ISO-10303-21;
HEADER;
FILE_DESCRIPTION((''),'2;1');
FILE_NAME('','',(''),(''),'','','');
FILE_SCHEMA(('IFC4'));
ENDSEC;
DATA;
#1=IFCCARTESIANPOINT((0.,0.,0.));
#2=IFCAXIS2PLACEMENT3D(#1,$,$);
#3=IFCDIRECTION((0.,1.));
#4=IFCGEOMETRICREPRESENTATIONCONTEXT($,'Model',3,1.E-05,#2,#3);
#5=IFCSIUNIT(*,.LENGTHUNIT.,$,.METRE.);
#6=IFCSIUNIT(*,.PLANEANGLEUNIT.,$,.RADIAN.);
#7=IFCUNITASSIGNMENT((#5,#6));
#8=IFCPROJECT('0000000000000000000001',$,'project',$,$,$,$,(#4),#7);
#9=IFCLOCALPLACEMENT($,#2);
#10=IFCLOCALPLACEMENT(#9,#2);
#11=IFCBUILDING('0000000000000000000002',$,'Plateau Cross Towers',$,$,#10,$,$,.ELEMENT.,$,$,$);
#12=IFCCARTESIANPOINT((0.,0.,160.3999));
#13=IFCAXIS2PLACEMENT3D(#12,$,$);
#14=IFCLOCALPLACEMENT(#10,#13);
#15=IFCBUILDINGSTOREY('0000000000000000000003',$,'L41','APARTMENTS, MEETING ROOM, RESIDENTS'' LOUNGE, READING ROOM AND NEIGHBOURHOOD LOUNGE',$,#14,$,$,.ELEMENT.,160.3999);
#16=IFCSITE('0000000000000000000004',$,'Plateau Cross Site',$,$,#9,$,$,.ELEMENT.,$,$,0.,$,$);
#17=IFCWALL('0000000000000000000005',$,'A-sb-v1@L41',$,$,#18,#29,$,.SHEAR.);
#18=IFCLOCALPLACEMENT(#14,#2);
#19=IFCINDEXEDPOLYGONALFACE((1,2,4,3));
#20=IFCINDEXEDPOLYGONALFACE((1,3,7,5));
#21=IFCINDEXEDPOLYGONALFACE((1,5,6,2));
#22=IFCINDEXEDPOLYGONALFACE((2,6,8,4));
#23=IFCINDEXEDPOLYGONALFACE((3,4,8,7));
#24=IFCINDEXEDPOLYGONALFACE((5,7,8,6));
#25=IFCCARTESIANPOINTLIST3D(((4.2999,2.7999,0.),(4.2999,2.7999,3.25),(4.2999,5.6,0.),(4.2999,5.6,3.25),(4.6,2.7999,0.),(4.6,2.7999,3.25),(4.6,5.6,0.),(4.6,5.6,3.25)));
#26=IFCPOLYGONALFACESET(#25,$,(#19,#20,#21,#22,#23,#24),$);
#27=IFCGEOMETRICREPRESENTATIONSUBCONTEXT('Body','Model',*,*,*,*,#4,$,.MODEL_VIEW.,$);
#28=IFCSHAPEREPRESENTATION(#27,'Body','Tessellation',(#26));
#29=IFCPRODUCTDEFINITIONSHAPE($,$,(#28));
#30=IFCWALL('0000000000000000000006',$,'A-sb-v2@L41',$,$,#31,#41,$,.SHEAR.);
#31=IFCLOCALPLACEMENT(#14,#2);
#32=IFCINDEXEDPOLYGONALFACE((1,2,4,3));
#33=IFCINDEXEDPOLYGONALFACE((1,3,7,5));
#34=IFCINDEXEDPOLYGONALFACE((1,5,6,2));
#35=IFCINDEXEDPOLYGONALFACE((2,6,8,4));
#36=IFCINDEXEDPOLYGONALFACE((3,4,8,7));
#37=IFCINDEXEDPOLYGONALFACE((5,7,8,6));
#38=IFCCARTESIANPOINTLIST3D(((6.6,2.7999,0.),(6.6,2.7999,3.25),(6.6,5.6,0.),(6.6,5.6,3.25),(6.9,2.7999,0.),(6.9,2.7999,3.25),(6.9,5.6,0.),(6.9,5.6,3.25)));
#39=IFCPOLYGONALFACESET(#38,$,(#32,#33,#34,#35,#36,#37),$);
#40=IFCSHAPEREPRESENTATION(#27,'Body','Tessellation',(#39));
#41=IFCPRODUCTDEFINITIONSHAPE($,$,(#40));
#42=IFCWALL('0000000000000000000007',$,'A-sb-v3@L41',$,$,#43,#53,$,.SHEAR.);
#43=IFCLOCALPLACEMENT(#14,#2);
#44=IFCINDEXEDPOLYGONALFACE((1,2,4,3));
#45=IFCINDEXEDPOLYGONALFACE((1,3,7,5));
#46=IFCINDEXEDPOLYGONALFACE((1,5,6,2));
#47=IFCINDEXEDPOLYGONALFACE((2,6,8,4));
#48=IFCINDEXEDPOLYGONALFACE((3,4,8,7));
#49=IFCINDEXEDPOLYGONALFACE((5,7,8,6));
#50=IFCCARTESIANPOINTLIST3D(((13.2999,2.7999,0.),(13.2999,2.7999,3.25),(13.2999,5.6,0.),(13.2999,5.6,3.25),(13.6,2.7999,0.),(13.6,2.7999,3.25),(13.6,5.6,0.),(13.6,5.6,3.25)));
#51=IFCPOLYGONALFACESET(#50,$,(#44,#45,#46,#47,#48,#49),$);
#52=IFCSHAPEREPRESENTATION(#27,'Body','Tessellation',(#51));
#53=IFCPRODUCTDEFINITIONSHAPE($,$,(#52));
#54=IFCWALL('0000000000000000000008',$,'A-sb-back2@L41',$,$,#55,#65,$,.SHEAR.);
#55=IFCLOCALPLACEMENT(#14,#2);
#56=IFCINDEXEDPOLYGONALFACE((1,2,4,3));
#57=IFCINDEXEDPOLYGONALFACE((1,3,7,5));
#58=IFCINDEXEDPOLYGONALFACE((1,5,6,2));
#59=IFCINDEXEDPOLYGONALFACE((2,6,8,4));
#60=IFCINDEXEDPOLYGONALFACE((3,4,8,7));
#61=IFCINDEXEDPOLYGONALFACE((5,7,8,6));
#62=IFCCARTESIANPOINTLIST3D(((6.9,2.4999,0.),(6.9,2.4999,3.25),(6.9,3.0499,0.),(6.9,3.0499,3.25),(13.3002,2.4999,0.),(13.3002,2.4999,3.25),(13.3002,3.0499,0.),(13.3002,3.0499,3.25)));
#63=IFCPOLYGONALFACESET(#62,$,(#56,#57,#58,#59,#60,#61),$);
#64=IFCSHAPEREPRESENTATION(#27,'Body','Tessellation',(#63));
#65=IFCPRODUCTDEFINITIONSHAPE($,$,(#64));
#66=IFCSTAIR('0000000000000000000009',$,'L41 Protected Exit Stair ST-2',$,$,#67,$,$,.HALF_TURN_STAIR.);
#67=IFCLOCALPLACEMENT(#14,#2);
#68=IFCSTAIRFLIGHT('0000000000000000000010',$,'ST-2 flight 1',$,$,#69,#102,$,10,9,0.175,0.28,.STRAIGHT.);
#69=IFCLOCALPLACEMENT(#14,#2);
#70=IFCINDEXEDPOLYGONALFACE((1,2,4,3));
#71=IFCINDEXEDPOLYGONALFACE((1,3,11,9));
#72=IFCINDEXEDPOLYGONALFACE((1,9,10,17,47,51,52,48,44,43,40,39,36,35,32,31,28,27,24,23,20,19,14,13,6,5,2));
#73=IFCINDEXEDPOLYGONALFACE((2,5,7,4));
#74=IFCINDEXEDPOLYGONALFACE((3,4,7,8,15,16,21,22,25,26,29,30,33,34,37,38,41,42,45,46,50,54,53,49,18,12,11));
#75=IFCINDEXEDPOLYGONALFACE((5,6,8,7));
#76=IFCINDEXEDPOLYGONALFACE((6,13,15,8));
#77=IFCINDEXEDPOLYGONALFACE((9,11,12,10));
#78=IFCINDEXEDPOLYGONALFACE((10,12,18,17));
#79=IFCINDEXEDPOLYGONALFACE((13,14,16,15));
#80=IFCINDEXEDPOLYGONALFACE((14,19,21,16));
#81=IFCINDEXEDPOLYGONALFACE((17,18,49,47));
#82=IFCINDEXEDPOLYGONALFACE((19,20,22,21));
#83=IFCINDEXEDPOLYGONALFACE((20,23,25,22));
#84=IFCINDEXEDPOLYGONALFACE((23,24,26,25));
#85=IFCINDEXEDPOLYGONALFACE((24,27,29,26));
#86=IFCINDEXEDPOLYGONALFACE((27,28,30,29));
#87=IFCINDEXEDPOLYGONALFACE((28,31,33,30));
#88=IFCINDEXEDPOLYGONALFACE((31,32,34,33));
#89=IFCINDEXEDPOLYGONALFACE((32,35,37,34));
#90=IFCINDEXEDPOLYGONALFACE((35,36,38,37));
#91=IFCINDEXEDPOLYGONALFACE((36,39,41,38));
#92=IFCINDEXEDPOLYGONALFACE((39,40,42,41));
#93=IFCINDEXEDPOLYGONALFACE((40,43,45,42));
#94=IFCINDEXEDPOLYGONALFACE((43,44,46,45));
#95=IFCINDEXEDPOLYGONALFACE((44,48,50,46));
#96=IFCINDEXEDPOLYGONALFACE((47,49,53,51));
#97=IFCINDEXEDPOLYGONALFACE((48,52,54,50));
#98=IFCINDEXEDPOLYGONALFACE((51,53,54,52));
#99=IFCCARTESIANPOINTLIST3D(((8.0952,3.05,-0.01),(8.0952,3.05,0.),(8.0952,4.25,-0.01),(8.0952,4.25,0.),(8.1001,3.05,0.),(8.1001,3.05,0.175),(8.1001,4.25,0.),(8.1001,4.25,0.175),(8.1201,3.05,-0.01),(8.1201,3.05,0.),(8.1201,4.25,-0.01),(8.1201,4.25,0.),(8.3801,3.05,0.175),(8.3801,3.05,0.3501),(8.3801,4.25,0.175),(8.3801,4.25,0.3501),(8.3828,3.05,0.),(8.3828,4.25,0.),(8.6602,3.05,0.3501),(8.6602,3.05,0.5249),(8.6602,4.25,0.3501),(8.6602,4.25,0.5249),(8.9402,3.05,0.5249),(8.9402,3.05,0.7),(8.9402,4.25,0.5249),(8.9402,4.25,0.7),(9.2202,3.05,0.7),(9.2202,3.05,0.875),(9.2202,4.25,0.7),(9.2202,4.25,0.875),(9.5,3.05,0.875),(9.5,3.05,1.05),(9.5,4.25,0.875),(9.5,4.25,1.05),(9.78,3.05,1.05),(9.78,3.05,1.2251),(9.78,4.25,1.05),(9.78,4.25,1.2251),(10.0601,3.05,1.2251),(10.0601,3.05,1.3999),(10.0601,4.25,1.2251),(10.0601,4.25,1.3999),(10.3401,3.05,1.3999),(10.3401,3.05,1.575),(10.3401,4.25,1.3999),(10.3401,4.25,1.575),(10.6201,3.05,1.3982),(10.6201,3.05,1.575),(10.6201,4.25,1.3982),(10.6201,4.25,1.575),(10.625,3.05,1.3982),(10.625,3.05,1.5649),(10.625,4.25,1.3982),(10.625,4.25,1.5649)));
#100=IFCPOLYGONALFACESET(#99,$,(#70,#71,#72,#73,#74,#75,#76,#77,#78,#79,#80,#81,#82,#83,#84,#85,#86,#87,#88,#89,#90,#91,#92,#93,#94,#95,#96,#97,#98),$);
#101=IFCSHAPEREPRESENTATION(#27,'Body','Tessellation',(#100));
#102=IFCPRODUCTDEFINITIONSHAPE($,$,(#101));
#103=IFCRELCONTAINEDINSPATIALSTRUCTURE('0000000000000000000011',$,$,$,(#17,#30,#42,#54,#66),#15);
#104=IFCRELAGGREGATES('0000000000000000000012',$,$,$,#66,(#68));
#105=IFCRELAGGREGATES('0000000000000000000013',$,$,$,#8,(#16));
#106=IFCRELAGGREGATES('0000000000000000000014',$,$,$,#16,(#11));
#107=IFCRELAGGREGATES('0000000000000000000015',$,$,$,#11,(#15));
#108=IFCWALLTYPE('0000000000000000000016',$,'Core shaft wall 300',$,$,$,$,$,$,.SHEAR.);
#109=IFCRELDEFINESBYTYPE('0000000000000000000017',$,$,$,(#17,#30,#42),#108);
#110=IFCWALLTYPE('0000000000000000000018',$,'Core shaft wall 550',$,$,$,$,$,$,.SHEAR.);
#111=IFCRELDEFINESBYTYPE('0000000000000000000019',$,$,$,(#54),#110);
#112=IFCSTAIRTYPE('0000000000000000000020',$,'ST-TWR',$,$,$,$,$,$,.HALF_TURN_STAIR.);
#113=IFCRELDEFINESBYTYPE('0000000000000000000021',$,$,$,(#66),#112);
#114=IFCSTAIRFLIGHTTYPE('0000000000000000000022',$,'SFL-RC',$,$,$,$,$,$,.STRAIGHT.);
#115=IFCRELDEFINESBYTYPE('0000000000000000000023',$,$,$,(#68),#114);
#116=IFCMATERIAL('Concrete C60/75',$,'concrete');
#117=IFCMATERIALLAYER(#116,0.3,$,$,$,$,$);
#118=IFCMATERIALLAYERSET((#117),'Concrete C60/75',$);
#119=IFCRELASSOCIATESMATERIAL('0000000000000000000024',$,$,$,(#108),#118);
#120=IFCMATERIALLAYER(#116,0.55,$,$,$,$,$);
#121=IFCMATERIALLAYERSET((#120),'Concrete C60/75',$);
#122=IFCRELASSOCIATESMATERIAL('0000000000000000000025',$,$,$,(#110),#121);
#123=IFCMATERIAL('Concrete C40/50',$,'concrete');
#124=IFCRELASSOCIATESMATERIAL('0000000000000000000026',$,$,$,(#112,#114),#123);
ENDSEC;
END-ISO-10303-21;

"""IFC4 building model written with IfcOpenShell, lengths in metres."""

from ifc_helpers import new_model, si_unit, direction, frame, frame_2d, origin, place, context, subcontext, project, spatial, polyline, rectangle, outline, extrude, material, layer, layer_set, type_object, element, aggregate, save


model = new_model("IFC4")

# Units and contexts
model_context = context("Model", 3, precision=1e-05, world=origin(), true_north=direction((0.0, 1.0)))
body_context = subcontext(model_context, "Body", "Model", "MODEL_VIEW")
ifc_project = project(units=[si_unit("LENGTHUNIT", "METRE"), si_unit("PLANEANGLEUNIT", "RADIAN")], contexts=[model_context])

# Site, building, storey
site_placement = place(None, origin())
site = spatial("IfcSite", under=ifc_project, at=site_placement, Name="Plateau Cross Site", CompositionType="ELEMENT", RefElevation=0.0)
building_placement = place(site_placement, origin())
building = spatial("IfcBuilding", under=site, at=building_placement, Name="Plateau Cross Towers", CompositionType="ELEMENT")
storey_placement = place(building_placement, frame((0.0, 0.0, 160.3999)))
storey = spatial("IfcBuildingStorey", under=building, at=storey_placement, Name="L41", Description="APARTMENTS, MEETING ROOM, RESIDENTS' LOUNGE, READING ROOM AND NEIGHBOURHOOD LOUNGE", CompositionType="ELEMENT", Elevation=160.3999)

# Walls
ifc_material_1 = material(Name="Concrete C60/75", Category="concrete")
ifc_layer_1 = layer(ifc_material_1, 0.3)
ifc_layer_set_1 = layer_set([ifc_layer_1], Name="Concrete C60/75")
wall_type_1 = type_object("IfcWallType", Name="Core shaft wall 300", PredefinedType="SHEAR", material=ifc_layer_set_1)
for number, where, z_axis, x_axis, name in (
    (1, (4.45, 2.8, 0.0), (0.0, 0.0, 1.0), (0.0, 1.0, 0.0), "A-sb-v1@L41"),
    (2, (6.75, 2.8, 0.0), (0.0, 0.0, 1.0), (0.0, 1.0, 0.0), "A-sb-v2@L41"),
    (3, (13.45, 2.8, 0.0), (0.0, 0.0, 1.0), (0.0, 1.0, 0.0), "A-sb-v3@L41"),
):
    element("IfcWall", number, at=place(storey_placement, frame(where, z_axis=z_axis, x_axis=x_axis)), inside=storey, type_object=wall_type_1, Name=name, PredefinedType="SHEAR", context=body_context, shape_type="SweptSolid", body=[
        extrude(rectangle(XDim=2.8, YDim=0.3, at=frame_2d((1.3999, 0.0))), origin(), (0.0, 0.0, 1.0), 3.25),
    ])
ifc_layer_2 = layer(ifc_material_1, 0.55)
ifc_layer_set_2 = layer_set([ifc_layer_2], Name="Concrete C60/75")
wall_type_2 = type_object("IfcWallType", Name="Core shaft wall 550", PredefinedType="SHEAR", material=ifc_layer_set_2)
wall_1_placement = place(storey_placement, frame((6.8999, 2.7749, 0.0), z_axis=(0.0, 0.0, 1.0), x_axis=(1.0, 0.0, 0.0)))
element("IfcWall", 4, at=wall_1_placement, inside=storey, type_object=wall_type_2, Name="A-sb-back2@L41", PredefinedType="SHEAR", context=body_context, shape_type="SweptSolid", body=[
    extrude(rectangle(XDim=6.4001, YDim=0.55, at=frame_2d((3.2002, 0.0))), origin(), (0.0, 0.0, 1.0), 3.25),
])

# Stair, stair flight
ifc_material_2 = material(Name="Concrete C40/50", Category="concrete")
stair_type = type_object("IfcStairType", Name="ST-TWR", PredefinedType="HALF_TURN_STAIR", material=ifc_material_2)
stair_placement = place(storey_placement, origin())
stair = element("IfcStair", 5, at=stair_placement, inside=storey, type_object=stair_type, Name="L41 Protected Exit Stair ST-2", PredefinedType="HALF_TURN_STAIR")
stair_flight_type = type_object("IfcStairFlightType", Name="SFL-RC", PredefinedType="STRAIGHT", material=ifc_material_2)
stair_flight_placement = place(storey_placement, frame((8.1001, 3.6499, 0.0), z_axis=(0.0, 0.0, 1.0), x_axis=(1.0, 0.0, 0.0)))
stair_flight = element("IfcStairFlight", 6, at=stair_flight_placement, type_object=stair_flight_type, Name="ST-2 flight 1", NumberOfRisers=10, NumberOfTreads=9, PredefinedType="STRAIGHT", RiserHeight=0.175, TreadLength=0.28, context=body_context, shape_type="SweptSolid", body=[
    extrude(outline(polyline([(-0.0049, -0.01), (-0.0049, 0.0), (0.0, 0.0), (0.0, 0.175), (0.28, 0.175), (0.28, 0.3501), (0.5601, 0.3501), (0.5601, 0.5249), (0.8401, 0.5249), (0.8401, 0.7), (1.1201, 0.7), (1.1201, 0.875), (1.3999, 0.875), (1.3999, 1.05), (1.6799, 1.05), (1.6799, 1.2251), (1.96, 1.2251), (1.96, 1.3999), (2.24, 1.3999), (2.24, 1.575), (2.52, 1.575), (2.5249, 1.5649), (2.5249, 1.3982), (2.52, 1.3982), (0.2827, 0.0), (0.02, 0.0), (0.02, -0.01), (-0.0049, -0.01)])), frame((0.0, 0.6001, 0.0), z_axis=(0.0, -1.0, 0.0), x_axis=(1.0, 0.0, 0.0)), (0.0, 0.0, 1.0), 1.2),
])
aggregate(stair, [stair_flight])

save(model, "model.ifc")
